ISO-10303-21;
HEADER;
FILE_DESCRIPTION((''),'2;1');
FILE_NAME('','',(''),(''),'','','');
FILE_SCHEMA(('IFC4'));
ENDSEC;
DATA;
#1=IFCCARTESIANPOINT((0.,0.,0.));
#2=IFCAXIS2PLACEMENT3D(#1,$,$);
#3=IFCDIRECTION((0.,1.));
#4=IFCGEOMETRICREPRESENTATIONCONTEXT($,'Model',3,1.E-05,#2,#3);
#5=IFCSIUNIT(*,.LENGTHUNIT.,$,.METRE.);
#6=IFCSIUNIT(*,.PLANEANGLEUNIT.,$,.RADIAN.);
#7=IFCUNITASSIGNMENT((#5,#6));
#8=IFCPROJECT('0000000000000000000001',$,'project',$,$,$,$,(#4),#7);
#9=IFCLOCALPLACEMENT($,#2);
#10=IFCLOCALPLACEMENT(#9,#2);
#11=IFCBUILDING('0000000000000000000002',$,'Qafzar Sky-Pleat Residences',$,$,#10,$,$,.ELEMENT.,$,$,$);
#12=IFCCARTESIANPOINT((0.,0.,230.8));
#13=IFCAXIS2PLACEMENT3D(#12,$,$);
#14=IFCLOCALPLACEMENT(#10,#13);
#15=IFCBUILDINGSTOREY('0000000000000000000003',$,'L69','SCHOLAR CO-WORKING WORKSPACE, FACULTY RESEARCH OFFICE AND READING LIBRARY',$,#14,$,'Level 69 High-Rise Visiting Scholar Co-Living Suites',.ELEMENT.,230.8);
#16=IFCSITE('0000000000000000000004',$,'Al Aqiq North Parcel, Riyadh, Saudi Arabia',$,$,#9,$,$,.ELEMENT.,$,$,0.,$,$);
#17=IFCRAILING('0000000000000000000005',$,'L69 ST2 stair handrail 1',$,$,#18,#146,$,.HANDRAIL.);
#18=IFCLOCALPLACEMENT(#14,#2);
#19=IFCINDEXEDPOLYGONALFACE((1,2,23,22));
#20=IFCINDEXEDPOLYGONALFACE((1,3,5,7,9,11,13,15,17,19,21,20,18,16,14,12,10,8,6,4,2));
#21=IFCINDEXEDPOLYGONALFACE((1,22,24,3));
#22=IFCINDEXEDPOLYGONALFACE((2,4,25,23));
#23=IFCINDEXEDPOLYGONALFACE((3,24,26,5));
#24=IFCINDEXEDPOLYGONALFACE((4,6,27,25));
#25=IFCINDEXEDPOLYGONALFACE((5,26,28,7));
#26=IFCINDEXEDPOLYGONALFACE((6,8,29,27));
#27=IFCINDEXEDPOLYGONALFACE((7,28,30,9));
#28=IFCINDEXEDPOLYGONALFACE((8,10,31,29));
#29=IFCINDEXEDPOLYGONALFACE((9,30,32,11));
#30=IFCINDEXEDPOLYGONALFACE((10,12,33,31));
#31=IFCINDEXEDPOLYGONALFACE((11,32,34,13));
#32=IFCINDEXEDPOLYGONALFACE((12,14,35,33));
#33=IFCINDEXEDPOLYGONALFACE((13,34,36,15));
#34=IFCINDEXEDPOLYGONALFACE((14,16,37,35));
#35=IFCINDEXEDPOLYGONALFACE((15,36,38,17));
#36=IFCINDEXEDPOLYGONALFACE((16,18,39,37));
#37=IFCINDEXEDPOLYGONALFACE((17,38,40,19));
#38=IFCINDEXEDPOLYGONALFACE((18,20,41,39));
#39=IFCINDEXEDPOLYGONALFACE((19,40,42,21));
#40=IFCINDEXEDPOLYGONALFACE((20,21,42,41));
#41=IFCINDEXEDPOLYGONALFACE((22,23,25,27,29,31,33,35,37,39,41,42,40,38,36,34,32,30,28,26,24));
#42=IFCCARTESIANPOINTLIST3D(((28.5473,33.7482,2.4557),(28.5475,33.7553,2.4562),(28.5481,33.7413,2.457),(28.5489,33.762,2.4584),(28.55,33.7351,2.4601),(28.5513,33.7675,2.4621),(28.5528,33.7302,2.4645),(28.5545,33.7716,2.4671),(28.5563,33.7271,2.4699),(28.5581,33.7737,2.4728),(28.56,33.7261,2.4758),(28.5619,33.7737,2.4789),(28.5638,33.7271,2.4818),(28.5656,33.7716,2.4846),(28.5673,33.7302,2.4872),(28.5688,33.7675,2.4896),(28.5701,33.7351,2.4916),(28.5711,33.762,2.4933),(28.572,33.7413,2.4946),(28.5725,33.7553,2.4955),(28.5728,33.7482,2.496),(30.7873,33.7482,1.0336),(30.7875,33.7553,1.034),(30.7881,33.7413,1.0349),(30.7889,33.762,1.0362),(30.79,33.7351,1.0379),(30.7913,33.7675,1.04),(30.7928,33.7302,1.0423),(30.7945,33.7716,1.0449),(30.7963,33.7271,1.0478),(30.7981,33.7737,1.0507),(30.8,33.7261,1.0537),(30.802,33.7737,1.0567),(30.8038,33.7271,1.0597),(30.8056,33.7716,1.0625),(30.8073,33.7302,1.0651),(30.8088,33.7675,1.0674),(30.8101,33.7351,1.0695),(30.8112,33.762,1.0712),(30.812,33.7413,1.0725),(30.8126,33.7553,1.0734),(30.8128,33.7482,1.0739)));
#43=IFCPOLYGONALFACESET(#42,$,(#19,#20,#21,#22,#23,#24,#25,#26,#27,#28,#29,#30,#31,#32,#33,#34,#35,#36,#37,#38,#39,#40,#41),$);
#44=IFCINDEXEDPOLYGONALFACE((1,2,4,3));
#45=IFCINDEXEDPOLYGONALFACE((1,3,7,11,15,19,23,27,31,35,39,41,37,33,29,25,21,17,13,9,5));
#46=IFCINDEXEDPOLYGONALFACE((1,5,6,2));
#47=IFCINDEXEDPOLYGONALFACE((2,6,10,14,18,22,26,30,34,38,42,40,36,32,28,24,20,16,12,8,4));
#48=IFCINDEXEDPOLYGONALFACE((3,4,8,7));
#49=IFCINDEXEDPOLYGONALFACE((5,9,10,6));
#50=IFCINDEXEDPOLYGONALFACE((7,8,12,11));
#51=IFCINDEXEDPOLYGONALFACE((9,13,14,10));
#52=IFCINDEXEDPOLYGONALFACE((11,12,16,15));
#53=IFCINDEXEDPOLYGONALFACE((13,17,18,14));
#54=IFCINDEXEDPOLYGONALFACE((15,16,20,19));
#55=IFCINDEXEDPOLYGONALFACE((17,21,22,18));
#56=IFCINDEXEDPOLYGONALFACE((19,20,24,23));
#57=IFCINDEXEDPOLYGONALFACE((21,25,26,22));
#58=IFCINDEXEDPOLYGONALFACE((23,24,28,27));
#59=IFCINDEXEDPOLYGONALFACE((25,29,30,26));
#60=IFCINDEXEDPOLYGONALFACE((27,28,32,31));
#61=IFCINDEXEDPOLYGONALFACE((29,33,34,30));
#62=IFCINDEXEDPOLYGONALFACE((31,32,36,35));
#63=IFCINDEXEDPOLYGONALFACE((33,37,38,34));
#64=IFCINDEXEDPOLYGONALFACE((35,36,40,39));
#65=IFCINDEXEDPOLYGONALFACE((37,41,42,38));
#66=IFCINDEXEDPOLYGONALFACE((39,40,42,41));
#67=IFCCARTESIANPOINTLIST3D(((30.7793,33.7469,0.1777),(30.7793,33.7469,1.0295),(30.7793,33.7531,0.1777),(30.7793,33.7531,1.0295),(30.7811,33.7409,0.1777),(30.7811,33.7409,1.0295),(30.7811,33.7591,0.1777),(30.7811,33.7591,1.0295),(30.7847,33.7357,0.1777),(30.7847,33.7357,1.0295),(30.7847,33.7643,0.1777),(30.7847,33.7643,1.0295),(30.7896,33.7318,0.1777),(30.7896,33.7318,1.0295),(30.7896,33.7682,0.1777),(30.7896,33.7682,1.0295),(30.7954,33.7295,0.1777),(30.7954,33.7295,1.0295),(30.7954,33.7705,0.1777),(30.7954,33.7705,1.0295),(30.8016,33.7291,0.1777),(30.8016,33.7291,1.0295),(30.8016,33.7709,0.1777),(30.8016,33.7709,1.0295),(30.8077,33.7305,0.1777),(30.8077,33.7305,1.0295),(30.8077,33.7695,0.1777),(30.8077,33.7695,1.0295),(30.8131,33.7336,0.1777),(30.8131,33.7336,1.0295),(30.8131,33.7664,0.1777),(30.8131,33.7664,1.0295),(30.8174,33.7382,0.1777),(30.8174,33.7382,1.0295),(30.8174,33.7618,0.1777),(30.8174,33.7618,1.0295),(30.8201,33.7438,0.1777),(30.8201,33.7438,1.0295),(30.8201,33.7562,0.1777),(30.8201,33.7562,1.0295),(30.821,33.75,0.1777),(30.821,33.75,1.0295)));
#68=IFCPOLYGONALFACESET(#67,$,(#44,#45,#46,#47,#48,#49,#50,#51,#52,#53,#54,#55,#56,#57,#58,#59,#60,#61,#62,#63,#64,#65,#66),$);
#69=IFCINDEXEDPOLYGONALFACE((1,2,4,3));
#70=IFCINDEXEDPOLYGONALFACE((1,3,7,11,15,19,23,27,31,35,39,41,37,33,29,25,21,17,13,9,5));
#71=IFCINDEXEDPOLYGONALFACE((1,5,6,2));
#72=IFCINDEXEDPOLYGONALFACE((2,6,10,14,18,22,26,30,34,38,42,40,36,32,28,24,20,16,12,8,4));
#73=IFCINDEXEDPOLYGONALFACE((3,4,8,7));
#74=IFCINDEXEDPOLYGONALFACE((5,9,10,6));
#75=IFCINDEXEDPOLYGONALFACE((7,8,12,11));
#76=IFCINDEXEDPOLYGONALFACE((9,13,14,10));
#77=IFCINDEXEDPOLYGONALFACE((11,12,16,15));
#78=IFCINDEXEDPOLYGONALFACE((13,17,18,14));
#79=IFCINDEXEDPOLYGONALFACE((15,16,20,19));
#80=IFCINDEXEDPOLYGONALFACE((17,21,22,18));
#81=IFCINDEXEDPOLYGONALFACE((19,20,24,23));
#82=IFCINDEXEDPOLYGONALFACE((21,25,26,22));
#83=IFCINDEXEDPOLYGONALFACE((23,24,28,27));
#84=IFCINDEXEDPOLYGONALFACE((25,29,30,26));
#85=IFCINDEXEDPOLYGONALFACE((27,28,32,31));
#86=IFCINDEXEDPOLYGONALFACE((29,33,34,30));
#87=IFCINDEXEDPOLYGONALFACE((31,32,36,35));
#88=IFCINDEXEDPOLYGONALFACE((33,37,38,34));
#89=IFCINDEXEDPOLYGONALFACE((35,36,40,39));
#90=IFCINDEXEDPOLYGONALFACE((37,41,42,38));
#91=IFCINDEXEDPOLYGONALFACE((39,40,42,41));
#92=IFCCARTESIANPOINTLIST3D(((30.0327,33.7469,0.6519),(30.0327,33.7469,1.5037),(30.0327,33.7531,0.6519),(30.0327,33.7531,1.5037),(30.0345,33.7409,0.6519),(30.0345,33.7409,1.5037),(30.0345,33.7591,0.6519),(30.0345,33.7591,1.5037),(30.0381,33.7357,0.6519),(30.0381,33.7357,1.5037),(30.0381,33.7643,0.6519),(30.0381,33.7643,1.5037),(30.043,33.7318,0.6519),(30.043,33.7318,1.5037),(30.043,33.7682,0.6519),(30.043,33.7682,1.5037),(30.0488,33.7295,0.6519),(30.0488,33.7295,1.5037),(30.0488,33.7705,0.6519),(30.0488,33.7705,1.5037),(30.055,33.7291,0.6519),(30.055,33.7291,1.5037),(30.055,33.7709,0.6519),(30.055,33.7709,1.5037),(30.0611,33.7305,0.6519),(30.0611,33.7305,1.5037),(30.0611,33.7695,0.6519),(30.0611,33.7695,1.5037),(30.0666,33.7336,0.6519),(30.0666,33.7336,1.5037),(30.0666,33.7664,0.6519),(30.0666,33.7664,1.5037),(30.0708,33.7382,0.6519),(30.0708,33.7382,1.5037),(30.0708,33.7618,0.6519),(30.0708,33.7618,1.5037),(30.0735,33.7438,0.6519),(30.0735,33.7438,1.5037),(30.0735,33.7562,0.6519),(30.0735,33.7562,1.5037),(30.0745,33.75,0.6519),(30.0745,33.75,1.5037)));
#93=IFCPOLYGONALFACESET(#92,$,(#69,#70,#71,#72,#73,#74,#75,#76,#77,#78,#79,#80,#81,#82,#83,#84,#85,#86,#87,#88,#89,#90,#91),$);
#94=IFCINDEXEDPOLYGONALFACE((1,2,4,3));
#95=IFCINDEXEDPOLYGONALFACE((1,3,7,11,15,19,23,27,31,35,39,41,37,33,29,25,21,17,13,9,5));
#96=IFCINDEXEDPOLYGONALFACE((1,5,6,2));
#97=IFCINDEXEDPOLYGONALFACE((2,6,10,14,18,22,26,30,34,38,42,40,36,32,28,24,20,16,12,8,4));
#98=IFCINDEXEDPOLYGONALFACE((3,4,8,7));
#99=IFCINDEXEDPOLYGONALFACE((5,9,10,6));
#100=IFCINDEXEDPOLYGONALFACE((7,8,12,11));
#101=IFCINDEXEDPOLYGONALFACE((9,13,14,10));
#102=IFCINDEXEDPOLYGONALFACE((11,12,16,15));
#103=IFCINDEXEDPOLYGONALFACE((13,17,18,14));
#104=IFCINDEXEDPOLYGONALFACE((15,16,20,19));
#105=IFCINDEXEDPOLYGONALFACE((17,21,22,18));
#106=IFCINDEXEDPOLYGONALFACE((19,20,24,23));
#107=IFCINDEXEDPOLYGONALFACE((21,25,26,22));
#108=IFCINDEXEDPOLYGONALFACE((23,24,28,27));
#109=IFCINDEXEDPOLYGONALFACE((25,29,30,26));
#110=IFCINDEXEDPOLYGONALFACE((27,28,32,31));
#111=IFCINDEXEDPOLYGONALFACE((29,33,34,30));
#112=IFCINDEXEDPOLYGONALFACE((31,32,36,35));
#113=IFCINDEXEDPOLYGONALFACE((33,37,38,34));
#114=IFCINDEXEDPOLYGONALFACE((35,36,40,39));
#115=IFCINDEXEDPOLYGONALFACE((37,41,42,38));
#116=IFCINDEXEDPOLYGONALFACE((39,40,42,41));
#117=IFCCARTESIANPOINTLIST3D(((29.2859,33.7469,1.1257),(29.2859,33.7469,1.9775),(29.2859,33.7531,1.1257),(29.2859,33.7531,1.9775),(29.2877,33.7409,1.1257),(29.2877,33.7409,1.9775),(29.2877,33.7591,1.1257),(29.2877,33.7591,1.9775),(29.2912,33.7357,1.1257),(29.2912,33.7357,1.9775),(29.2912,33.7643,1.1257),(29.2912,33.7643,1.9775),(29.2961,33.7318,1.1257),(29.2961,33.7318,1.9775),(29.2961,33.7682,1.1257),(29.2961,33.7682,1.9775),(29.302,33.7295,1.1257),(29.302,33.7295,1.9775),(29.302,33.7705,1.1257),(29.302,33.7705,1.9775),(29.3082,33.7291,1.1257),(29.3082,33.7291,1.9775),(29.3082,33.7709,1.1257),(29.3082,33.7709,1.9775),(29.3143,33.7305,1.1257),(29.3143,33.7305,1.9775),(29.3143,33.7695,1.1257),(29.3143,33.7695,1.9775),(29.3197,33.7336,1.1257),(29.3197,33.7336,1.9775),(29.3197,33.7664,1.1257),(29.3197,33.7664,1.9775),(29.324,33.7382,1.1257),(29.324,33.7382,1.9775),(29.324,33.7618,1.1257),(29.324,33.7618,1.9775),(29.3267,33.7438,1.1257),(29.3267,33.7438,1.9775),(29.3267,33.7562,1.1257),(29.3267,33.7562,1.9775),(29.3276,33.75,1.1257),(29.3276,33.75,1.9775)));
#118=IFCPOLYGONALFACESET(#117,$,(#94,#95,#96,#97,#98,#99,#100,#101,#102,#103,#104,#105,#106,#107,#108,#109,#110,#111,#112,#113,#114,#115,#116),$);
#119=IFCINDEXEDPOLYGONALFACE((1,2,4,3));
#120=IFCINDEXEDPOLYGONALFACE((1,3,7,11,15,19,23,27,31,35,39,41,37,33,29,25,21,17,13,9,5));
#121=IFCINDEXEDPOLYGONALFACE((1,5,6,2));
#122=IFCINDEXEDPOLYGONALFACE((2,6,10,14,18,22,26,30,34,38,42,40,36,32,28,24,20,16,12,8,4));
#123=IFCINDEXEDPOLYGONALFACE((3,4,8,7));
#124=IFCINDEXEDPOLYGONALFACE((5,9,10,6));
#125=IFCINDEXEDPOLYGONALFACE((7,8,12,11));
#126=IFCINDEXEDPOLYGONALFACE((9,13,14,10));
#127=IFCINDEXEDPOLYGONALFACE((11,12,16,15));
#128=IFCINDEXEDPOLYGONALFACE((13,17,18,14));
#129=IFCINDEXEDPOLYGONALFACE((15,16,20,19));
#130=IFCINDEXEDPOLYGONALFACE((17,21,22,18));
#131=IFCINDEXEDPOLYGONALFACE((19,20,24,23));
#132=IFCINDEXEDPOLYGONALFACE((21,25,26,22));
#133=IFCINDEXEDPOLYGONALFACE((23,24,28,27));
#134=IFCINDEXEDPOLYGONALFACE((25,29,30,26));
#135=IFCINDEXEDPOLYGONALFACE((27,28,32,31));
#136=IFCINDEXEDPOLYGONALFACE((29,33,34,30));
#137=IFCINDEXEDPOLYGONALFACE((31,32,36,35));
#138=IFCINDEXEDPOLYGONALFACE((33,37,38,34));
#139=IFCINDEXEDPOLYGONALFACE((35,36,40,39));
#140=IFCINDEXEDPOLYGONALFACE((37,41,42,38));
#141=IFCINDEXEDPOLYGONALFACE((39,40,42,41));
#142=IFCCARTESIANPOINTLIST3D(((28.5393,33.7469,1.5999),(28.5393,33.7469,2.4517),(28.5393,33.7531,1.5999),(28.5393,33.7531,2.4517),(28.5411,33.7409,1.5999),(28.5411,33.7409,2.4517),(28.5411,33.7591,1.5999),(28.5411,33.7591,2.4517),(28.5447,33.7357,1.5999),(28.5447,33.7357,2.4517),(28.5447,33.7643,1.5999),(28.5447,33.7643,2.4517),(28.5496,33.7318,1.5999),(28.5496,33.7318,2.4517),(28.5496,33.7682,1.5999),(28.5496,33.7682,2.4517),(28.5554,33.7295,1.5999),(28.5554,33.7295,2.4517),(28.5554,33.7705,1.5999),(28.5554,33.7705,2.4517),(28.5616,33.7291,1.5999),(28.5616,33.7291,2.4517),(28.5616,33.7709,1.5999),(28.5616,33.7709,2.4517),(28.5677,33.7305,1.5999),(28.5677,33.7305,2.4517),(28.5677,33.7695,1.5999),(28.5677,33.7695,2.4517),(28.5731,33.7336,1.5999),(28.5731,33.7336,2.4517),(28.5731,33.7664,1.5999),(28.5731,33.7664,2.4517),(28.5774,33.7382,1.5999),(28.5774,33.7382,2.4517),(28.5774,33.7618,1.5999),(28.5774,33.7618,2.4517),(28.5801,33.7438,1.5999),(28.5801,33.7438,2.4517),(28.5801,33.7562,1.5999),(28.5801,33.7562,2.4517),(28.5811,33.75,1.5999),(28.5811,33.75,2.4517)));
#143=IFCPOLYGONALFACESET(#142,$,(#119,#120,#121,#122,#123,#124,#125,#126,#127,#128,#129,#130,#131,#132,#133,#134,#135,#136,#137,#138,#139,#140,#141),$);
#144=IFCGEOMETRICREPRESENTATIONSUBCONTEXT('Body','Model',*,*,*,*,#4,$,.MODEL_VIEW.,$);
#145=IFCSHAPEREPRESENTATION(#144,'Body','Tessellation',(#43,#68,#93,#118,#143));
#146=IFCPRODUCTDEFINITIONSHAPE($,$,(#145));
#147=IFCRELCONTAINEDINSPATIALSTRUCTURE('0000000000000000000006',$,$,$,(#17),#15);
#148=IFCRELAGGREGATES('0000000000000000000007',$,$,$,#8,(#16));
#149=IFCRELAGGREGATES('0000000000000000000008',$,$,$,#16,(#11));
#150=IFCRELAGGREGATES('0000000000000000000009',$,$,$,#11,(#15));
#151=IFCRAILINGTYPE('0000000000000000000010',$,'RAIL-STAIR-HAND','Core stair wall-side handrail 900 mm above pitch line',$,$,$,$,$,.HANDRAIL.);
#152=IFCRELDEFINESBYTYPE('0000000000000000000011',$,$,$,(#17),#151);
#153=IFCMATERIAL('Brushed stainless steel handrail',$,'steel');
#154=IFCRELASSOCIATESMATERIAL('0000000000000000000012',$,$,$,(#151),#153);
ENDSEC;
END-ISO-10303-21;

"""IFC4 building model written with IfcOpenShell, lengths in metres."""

from ifc_helpers import new_model, si_unit, direction, frame, origin, origin_2d, place, context, subcontext, project, spatial, circle, extrude, source, transform, mapped, material, type_object, element, save


model = new_model("IFC4")

# Units and contexts
model_context = context("Model", 3, precision=1e-05, world=origin(), true_north=direction((0.0, 1.0)))
body_context = subcontext(model_context, "Body", "Model", "MODEL_VIEW")
ifc_project = project(units=[si_unit("LENGTHUNIT", "METRE"), si_unit("PLANEANGLEUNIT", "RADIAN")], contexts=[model_context])

# Site, building, storey
site_placement = place(None, origin())
site = spatial("IfcSite", under=ifc_project, at=site_placement, Name="Al Aqiq North Parcel, Riyadh, Saudi Arabia", CompositionType="ELEMENT", RefElevation=0.0)
building_placement = place(site_placement, origin())
building = spatial("IfcBuilding", under=site, at=building_placement, Name="Qafzar Sky-Pleat Residences", CompositionType="ELEMENT")
storey_placement = place(building_placement, frame((0.0, 0.0, 230.8)))
storey = spatial("IfcBuildingStorey", under=building, at=storey_placement, Name="L69", Description="SCHOLAR CO-WORKING WORKSPACE, FACULTY RESEARCH OFFICE AND READING LIBRARY", LongName="Level 69 High-Rise Visiting Scholar Co-Living Suites", CompositionType="ELEMENT", Elevation=230.8)

# Railing
ifc_material_1 = material(Name="Brushed stainless steel handrail", Category="steel")
railing_type_1 = type_object("IfcRailingType", Name="RAIL-STAIR-HAND", Description="Core stair wall-side handrail 900 mm above pitch line", PredefinedType="HANDRAIL", material=ifc_material_1)
shared_shape_1 = source(origin(), body_context, "Body", "SweptSolid", [
    extrude(circle(Radius=0.0239, at=origin_2d()), frame((0.0, 0.0, 0.876), z_axis=(-0.844229, 0.0, 0.535982), x_axis=(0.0, -1.0, 0.0)), (0.0, 0.0, 1.0), 2.6533),
    extrude(circle(Radius=0.021, at=origin_2d()), origin(), (0.0, 0.0, 1.0), 0.8518),
    extrude(circle(Radius=0.021, at=origin_2d()), frame((-0.7466, 0.0, 0.4741)), (0.0, 0.0, 1.0), 0.8518),
    extrude(circle(Radius=0.021, at=origin_2d()), frame((-1.4934, 0.0, 0.948)), (0.0, 0.0, 1.0), 0.8518),
    extrude(circle(Radius=0.021, at=origin_2d()), frame((-2.24, 0.0, 1.4221)), (0.0, 0.0, 1.0), 0.8518),
])
railing_1_placement = place(storey_placement, frame((30.8, 33.75, 0.1777)))
element("IfcRailing", 1, at=railing_1_placement, inside=storey, type_object=railing_type_1, Name="L69 ST2 stair handrail 1", PredefinedType="HANDRAIL", context=body_context, shape_type="MappedRepresentation", body=[
    mapped(shared_shape_1, transform((0.0, 0.0, 0.0), x_axis=(1.0, 0.0, 0.0), y_axis=(0.0, 1.0, 0.0), z_axis=(0.0, 0.0, 1.0), scale=1.0)),
])

save(model, "model.ifc")
